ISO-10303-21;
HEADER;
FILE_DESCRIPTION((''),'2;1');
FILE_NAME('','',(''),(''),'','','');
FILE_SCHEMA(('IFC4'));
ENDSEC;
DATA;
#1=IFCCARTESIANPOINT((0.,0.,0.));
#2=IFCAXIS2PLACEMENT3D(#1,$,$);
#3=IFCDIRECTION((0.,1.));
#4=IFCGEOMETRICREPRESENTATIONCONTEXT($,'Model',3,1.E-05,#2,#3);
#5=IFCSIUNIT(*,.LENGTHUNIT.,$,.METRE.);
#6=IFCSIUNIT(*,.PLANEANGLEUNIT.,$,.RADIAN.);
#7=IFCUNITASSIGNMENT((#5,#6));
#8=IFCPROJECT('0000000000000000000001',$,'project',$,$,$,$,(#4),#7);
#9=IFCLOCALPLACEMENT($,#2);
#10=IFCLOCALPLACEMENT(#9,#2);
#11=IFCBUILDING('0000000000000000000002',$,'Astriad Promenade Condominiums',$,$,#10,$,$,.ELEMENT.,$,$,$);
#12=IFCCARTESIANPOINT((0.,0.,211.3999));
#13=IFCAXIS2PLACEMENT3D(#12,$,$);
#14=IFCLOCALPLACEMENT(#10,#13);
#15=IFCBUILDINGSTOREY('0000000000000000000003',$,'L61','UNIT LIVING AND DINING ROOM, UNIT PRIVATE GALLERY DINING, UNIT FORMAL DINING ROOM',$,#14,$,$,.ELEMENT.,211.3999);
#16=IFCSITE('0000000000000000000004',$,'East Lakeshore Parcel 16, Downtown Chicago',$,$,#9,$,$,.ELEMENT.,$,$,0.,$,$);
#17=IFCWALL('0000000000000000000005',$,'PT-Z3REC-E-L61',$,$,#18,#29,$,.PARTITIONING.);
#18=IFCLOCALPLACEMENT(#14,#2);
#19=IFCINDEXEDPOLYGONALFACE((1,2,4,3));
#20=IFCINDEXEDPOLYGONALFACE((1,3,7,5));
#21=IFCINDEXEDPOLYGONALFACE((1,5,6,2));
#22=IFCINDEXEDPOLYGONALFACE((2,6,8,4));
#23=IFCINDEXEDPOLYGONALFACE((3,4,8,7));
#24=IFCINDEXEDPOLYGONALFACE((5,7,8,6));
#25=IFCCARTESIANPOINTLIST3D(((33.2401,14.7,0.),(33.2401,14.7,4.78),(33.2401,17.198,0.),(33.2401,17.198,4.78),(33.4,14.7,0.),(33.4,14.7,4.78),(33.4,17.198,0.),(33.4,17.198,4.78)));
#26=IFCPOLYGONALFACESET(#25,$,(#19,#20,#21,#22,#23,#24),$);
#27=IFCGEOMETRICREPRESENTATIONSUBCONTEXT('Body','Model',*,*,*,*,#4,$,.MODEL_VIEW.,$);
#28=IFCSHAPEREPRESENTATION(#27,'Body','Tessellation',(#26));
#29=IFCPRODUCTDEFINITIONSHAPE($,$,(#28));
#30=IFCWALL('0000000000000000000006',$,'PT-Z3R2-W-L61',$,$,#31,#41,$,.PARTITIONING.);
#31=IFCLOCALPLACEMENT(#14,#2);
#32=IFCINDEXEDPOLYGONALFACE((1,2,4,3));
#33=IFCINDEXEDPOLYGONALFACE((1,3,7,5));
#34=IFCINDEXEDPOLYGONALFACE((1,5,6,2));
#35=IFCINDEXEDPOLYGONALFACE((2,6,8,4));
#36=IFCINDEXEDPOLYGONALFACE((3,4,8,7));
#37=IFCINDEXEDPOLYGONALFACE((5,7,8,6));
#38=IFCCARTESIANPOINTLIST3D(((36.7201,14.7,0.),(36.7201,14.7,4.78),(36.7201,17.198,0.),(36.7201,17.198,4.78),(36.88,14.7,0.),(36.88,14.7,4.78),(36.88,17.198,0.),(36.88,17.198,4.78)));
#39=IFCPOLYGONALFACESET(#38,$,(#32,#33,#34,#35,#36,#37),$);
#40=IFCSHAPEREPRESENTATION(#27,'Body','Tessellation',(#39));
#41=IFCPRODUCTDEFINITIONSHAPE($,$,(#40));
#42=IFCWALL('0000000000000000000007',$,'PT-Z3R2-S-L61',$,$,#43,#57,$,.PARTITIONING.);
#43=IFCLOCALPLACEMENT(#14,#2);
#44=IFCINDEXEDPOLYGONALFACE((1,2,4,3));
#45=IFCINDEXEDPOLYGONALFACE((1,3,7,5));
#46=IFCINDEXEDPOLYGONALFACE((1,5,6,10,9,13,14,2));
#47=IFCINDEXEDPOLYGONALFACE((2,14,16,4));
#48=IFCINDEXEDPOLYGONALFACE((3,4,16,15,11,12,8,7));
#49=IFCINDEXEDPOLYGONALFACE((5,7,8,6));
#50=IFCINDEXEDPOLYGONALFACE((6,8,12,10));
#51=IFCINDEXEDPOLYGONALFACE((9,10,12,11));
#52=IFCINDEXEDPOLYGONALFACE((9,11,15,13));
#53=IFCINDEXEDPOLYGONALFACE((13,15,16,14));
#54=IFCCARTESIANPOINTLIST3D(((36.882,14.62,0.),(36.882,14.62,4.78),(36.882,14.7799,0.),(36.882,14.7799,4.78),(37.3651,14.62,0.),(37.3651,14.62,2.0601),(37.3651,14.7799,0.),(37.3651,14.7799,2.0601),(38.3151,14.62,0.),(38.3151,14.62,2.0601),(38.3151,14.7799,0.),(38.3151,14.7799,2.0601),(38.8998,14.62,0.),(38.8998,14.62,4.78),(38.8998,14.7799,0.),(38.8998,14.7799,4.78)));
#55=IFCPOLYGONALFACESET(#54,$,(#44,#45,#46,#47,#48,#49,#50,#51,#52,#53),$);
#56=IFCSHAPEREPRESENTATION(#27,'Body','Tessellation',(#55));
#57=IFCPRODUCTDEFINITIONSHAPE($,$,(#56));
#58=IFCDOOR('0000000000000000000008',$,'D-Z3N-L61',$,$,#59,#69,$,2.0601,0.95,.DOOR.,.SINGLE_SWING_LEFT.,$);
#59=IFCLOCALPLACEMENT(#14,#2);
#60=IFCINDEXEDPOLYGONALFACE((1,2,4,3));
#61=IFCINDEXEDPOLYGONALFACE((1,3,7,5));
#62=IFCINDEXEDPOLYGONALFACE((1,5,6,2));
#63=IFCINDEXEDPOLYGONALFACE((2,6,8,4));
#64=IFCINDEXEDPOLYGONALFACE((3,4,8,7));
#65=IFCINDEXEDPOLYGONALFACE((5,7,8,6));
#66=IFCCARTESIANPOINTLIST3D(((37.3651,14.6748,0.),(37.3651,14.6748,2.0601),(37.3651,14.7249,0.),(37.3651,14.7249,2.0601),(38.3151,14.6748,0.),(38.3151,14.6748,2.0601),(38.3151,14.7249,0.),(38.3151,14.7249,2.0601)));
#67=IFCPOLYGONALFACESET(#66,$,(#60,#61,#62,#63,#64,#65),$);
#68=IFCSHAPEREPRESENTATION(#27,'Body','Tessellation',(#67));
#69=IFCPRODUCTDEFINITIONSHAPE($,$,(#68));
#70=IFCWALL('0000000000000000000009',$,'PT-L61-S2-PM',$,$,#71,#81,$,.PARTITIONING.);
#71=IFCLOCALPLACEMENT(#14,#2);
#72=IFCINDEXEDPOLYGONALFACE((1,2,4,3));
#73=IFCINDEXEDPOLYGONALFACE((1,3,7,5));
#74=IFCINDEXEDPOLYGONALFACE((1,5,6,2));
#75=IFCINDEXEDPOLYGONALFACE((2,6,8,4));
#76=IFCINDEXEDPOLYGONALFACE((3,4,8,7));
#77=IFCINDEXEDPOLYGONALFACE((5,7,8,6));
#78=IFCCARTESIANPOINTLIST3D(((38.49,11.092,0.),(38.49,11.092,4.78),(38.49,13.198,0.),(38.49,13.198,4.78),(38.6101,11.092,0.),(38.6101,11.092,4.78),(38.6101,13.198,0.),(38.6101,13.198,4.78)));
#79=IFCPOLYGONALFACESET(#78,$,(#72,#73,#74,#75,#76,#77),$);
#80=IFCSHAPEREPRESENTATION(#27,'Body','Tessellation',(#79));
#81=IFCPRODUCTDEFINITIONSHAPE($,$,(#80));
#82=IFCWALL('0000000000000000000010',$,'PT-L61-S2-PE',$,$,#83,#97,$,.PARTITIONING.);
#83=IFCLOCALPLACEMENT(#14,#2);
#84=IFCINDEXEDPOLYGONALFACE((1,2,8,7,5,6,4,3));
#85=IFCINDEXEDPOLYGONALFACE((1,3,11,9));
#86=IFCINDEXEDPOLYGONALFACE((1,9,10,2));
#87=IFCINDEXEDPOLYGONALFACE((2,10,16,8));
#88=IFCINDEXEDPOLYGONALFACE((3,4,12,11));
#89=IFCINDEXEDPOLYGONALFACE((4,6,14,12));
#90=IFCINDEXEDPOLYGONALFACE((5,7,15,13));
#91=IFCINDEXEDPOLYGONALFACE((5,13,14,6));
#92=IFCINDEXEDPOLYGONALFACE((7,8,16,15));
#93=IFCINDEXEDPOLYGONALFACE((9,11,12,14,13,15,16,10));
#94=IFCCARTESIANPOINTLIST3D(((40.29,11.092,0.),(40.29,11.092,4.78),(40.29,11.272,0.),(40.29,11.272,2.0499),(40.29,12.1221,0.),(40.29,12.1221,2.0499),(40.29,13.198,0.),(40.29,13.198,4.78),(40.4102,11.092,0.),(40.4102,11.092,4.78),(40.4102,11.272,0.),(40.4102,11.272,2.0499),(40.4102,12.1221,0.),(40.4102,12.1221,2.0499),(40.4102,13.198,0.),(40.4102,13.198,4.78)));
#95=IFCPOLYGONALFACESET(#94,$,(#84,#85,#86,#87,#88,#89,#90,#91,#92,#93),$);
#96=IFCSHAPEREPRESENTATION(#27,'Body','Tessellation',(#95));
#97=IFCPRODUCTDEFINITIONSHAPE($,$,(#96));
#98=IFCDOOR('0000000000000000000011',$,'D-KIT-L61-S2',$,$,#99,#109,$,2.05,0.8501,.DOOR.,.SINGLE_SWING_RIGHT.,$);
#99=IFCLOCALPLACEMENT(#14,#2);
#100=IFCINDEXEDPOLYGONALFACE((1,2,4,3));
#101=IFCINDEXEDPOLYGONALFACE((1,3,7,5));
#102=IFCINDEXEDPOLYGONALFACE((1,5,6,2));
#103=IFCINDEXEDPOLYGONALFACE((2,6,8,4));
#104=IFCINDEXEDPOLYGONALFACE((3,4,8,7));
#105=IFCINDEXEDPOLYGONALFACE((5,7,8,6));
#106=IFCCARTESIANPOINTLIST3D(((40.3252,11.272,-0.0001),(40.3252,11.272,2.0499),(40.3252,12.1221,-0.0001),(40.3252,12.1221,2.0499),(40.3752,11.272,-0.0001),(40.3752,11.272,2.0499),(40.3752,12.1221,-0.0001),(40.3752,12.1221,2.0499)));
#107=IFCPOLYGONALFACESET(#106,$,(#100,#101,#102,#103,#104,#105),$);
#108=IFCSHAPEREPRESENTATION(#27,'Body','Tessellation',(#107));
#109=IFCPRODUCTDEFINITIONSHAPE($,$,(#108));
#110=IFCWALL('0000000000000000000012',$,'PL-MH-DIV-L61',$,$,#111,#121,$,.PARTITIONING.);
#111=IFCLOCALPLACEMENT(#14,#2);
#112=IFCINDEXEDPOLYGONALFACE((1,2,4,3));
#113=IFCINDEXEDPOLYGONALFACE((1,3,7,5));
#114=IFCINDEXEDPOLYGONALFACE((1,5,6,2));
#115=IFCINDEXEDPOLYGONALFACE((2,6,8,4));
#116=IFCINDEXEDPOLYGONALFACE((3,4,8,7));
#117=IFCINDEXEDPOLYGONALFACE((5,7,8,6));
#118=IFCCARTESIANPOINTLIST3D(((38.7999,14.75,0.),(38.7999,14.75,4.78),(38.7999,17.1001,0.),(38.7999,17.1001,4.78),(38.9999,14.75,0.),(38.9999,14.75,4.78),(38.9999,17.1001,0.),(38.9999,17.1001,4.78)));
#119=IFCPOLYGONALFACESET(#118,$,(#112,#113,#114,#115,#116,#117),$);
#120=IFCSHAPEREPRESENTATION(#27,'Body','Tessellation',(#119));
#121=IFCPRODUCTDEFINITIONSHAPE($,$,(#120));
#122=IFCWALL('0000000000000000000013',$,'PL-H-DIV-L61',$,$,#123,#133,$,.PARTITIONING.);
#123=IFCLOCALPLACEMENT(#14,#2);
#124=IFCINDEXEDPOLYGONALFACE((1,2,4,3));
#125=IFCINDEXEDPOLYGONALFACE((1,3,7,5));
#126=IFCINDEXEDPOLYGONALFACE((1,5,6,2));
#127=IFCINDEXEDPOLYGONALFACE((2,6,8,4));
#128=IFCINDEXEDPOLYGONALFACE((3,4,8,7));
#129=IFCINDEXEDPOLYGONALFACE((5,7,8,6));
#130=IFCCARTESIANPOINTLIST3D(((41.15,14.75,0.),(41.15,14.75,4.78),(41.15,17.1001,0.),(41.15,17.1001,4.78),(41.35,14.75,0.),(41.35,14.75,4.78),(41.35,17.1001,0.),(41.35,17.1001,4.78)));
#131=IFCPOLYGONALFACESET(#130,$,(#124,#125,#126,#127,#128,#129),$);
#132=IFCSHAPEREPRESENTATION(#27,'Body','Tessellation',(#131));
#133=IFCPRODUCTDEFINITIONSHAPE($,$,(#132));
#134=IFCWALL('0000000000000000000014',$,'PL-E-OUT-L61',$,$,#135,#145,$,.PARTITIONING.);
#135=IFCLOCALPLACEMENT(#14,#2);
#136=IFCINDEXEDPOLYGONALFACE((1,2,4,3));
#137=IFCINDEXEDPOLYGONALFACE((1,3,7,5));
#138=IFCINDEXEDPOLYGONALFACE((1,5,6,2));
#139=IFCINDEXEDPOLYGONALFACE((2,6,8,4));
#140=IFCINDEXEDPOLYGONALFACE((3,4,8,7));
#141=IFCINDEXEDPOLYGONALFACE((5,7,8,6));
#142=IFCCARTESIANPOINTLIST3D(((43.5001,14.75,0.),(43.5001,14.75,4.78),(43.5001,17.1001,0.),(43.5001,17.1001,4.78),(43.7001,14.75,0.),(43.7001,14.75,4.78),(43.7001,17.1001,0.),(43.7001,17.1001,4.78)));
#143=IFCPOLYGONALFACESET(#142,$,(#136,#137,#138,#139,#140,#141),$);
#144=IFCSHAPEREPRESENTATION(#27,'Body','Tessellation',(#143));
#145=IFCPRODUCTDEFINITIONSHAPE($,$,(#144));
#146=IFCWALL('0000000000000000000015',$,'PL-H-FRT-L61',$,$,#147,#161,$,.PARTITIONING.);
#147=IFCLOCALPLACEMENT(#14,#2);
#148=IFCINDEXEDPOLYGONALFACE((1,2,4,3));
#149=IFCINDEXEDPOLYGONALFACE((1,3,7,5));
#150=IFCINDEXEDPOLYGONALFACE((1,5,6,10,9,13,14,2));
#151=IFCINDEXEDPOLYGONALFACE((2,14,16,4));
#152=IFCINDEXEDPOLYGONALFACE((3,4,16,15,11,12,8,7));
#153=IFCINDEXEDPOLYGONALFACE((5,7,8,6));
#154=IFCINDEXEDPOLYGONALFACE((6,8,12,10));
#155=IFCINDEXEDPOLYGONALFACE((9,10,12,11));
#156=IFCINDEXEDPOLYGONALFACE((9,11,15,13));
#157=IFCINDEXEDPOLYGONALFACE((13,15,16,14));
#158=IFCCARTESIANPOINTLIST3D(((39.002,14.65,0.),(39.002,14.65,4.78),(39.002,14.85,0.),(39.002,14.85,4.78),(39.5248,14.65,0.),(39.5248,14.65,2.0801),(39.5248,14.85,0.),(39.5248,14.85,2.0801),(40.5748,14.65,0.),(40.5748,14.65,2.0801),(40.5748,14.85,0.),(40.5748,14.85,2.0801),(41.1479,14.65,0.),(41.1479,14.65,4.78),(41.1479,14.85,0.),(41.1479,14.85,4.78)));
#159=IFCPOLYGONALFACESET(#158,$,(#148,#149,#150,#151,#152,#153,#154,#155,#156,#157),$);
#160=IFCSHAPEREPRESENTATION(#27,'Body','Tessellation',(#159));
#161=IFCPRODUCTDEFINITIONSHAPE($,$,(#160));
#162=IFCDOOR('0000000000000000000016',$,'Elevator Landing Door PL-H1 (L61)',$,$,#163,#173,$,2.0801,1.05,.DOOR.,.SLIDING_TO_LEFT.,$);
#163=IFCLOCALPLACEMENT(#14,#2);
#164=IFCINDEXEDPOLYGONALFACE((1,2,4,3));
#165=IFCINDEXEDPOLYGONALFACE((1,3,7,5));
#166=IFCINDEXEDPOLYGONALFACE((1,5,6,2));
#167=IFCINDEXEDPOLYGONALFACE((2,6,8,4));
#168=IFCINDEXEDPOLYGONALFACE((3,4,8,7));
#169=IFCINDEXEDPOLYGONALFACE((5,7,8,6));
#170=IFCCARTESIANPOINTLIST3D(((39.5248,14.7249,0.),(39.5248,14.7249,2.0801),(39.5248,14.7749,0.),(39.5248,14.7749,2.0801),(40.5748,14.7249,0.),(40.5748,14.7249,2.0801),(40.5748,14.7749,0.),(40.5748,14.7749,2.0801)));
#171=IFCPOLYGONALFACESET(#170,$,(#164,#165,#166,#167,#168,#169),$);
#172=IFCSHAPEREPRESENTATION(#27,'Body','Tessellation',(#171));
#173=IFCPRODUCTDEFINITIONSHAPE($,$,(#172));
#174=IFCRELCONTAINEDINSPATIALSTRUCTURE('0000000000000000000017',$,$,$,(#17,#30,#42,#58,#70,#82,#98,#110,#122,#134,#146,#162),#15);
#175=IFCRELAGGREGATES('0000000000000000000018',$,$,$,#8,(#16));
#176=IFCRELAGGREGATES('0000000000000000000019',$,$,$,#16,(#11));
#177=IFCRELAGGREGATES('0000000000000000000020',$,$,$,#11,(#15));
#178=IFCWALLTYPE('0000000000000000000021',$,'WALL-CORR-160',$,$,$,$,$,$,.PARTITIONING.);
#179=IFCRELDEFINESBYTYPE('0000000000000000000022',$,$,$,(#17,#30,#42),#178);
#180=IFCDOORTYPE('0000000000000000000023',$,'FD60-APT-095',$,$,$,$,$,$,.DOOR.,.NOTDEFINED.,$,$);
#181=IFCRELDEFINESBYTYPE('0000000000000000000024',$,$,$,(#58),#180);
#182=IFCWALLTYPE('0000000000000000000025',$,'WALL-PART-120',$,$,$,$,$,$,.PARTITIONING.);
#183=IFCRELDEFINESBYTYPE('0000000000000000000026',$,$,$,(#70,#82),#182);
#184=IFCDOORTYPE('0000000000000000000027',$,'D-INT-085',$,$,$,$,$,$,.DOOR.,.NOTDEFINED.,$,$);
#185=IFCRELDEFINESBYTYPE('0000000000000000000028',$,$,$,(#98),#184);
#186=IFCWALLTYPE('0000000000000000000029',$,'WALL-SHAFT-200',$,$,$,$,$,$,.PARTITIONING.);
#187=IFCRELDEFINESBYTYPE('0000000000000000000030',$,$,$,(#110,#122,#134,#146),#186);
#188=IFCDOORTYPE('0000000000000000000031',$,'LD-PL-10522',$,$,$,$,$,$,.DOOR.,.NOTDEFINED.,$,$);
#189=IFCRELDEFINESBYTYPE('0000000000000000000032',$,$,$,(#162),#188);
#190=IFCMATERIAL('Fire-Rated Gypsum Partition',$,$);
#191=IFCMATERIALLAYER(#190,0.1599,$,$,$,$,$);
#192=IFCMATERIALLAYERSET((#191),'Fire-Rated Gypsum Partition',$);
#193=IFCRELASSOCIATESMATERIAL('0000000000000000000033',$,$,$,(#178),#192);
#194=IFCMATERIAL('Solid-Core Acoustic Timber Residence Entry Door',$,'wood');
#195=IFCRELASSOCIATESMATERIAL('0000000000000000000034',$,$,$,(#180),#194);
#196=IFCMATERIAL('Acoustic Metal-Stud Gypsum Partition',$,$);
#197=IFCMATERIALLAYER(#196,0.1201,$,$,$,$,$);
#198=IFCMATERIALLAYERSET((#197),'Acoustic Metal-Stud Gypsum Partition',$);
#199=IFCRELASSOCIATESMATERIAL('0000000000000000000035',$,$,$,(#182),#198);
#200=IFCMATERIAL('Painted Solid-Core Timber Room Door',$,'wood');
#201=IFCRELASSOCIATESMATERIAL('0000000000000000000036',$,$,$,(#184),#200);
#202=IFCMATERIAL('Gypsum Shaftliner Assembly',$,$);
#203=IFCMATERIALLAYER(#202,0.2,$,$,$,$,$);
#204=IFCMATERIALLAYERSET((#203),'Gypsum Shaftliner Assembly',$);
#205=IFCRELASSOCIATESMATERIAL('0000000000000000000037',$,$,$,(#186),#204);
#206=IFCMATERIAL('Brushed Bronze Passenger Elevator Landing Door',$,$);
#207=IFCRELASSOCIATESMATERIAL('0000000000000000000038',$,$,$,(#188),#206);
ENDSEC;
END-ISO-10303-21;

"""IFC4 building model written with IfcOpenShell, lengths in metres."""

from ifc_helpers import new_model, si_unit, direction, frame, frame_2d, origin, place, context, subcontext, project, spatial, rectangle, extrude, source, transform, mapped, material, layer, layer_set, type_object, type_shapes, element, fill, save


model = new_model("IFC4")

# Units and contexts
model_context = context("Model", 3, precision=1e-05, world=origin(), true_north=direction((0.0, 1.0)))
body_context = subcontext(model_context, "Body", "Model", "MODEL_VIEW")
ifc_project = project(units=[si_unit("LENGTHUNIT", "METRE"), si_unit("PLANEANGLEUNIT", "RADIAN")], contexts=[model_context])

# Site, building, storey
site_placement = place(None, origin())
site = spatial("IfcSite", under=ifc_project, at=site_placement, Name="East Lakeshore Parcel 16, Downtown Chicago", CompositionType="ELEMENT", RefElevation=0.0)
building_placement = place(site_placement, origin())
building = spatial("IfcBuilding", under=site, at=building_placement, Name="Astriad Promenade Condominiums", CompositionType="ELEMENT")
storey_placement = place(building_placement, frame((0.0, 0.0, 211.3999)))
storey = spatial("IfcBuildingStorey", under=building, at=storey_placement, Name="L61", Description="UNIT LIVING AND DINING ROOM, UNIT PRIVATE GALLERY DINING, UNIT FORMAL DINING ROOM", CompositionType="ELEMENT", Elevation=211.3999)

# Walls
ifc_material_1 = material(Name="Fire-Rated Gypsum Partition")
ifc_layer_1 = layer(ifc_material_1, 0.1599)
ifc_layer_set_1 = layer_set([ifc_layer_1], Name="Fire-Rated Gypsum Partition")
wall_type_1 = type_object("IfcWallType", Name="WALL-CORR-160", PredefinedType="PARTITIONING", material=ifc_layer_set_1)
for number, where, z_axis, x_axis, name in (
    (1, (33.3201, 14.7, 0.0), (0.0, 0.0, 1.0), (0.0, 1.0, 0.0), "PT-Z3REC-E-L61"),
    (2, (36.8, 14.7, 0.0), (0.0, 0.0, 1.0), (0.0, 1.0, 0.0), "PT-Z3R2-W-L61"),
):
    element("IfcWall", number, at=place(storey_placement, frame(where, z_axis=z_axis, x_axis=x_axis)), inside=storey, type_object=wall_type_1, Name=name, PredefinedType="PARTITIONING", context=body_context, shape_type="SweptSolid", body=[
        extrude(rectangle(XDim=2.498, YDim=0.1599, at=frame_2d((1.249, 0.0))), origin(), (0.0, 0.0, 1.0), 4.78),
    ])

# Wall, opening, door
wall_1_placement = place(storey_placement, frame((36.8821, 14.7, 0.0), z_axis=(0.0, 0.0, 1.0), x_axis=(1.0, 0.0, 0.0)))
wall_1 = element("IfcWall", 3, at=wall_1_placement, inside=storey, type_object=wall_type_1, Name="PT-Z3R2-S-L61", PredefinedType="PARTITIONING", context=body_context, shape_type="SweptSolid", body=[
    extrude(rectangle(XDim=2.0178, YDim=0.1599, at=frame_2d((1.0088, 0.0))), origin(), (0.0, 0.0, 1.0), 4.78),
])
opening_1_placement = place(wall_1_placement, frame((0.4829, 0.0, 0.0)))
opening_1 = element("IfcOpeningElement", 4, at=opening_1_placement, cuts=wall_1, PredefinedType="OPENING", context=body_context, shape_type="SweptSolid", body=[
    extrude(rectangle(XDim=0.95, YDim=2.0601, at=frame_2d((0.4751, 1.03))), frame((0.0, 0.0898, 0.0), z_axis=(0.0, -1.0, 0.0), x_axis=(1.0, 0.0, 0.0)), (0.0, 0.0, 1.0), 0.1799),
])
ifc_material_2 = material(Name="Solid-Core Acoustic Timber Residence Entry Door", Category="wood")
door_type_1 = type_object("IfcDoorType", Name="FD60-APT-095", OperationType="NOTDEFINED", PredefinedType="DOOR", material=ifc_material_2)
shared_shape_1 = source(origin(), body_context, "Body", "SweptSolid", [
    extrude(rectangle(XDim=0.95, YDim=2.0601, at=frame_2d((0.4751, 1.03))), frame((0.0, 0.0249, 0.0), z_axis=(0.0, -1.0, 0.0), x_axis=(1.0, 0.0, 0.0)), (0.0, 0.0, 1.0), 0.05),
])
type_shapes(door_type_1, [shared_shape_1])
door_1_placement = place(opening_1_placement, origin())
door_1 = element("IfcDoor", 5, at=door_1_placement, inside=storey, type_object=door_type_1, Name="D-Z3N-L61", OperationType="SINGLE_SWING_LEFT", OverallHeight=2.0601, OverallWidth=0.95, PredefinedType="DOOR", context=body_context, shape_type="MappedRepresentation", body=[
    mapped(shared_shape_1, transform((0.0, 0.0, 0.0), scale=1.0)),
])
fill(opening_1, door_1)

# Wall
ifc_material_3 = material(Name="Acoustic Metal-Stud Gypsum Partition")
ifc_layer_2 = layer(ifc_material_3, 0.1201)
ifc_layer_set_2 = layer_set([ifc_layer_2], Name="Acoustic Metal-Stud Gypsum Partition")
wall_type_2 = type_object("IfcWallType", Name="WALL-PART-120", PredefinedType="PARTITIONING", material=ifc_layer_set_2)
wall_2_placement = place(storey_placement, frame((38.55, 11.092, 0.0), z_axis=(0.0, 0.0, 1.0), x_axis=(0.0, 1.0, 0.0)))
element("IfcWall", 6, at=wall_2_placement, inside=storey, type_object=wall_type_2, Name="PT-L61-S2-PM", PredefinedType="PARTITIONING", context=body_context, shape_type="SweptSolid", body=[
    extrude(rectangle(XDim=2.106, YDim=0.1201, at=frame_2d((1.053, 0.0))), origin(), (0.0, 0.0, 1.0), 4.78),
])

# Wall, opening, door
wall_3_placement = place(storey_placement, frame((40.3501, 11.092, 0.0), z_axis=(0.0, 0.0, 1.0), x_axis=(0.0, 1.0, 0.0)))
wall_3 = element("IfcWall", 7, at=wall_3_placement, inside=storey, type_object=wall_type_2, Name="PT-L61-S2-PE", PredefinedType="PARTITIONING", context=body_context, shape_type="SweptSolid", body=[
    extrude(rectangle(XDim=2.106, YDim=0.1201, at=frame_2d((1.053, 0.0))), origin(), (0.0, 0.0, 1.0), 4.78),
])
opening_2_placement = place(wall_3_placement, frame((0.1799, 0.0, 0.0)))
opening_2 = element("IfcOpeningElement", 8, at=opening_2_placement, cuts=wall_3, PredefinedType="OPENING", context=body_context, shape_type="SweptSolid", body=[
    extrude(rectangle(XDim=0.8501, YDim=2.05, at=frame_2d((0.425, 1.0249))), frame((0.0, 0.0701, 0.0), z_axis=(0.0, -1.0, 0.0), x_axis=(1.0, 0.0, 0.0)), (0.0, 0.0, 1.0), 0.1401),
])
ifc_material_4 = material(Name="Painted Solid-Core Timber Room Door", Category="wood")
door_type_2 = type_object("IfcDoorType", Name="D-INT-085", OperationType="NOTDEFINED", PredefinedType="DOOR", material=ifc_material_4)
shared_shape_2 = source(origin(), body_context, "Body", "SweptSolid", [
    extrude(rectangle(XDim=0.8501, YDim=2.05, at=frame_2d((0.425, 1.0249))), frame((0.0, 0.0249, 0.0), z_axis=(0.0, -1.0, 0.0), x_axis=(1.0, 0.0, 0.0)), (0.0, 0.0, 1.0), 0.05),
])
type_shapes(door_type_2, [shared_shape_2])
door_2_placement = place(opening_2_placement, origin())
door_2 = element("IfcDoor", 9, at=door_2_placement, inside=storey, type_object=door_type_2, Name="D-KIT-L61-S2", OperationType="SINGLE_SWING_RIGHT", OverallHeight=2.05, OverallWidth=0.8501, PredefinedType="DOOR", context=body_context, shape_type="MappedRepresentation", body=[
    mapped(shared_shape_2, transform((0.0, 0.0, 0.0), scale=1.0)),
])
fill(opening_2, door_2)

# Walls
ifc_material_5 = material(Name="Gypsum Shaftliner Assembly")
ifc_layer_3 = layer(ifc_material_5, 0.2)
ifc_layer_set_3 = layer_set([ifc_layer_3], Name="Gypsum Shaftliner Assembly")
wall_type_3 = type_object("IfcWallType", Name="WALL-SHAFT-200", PredefinedType="PARTITIONING", material=ifc_layer_set_3)
for number, where, z_axis, x_axis, name in (
    (10, (38.8999, 14.75, 0.0), (0.0, 0.0, 1.0), (0.0, 1.0, 0.0), "PL-MH-DIV-L61"),
    (11, (41.25, 14.75, 0.0), (0.0, 0.0, 1.0), (0.0, 1.0, 0.0), "PL-H-DIV-L61"),
    (12, (43.6001, 14.75, 0.0), (0.0, 0.0, 1.0), (0.0, 1.0, 0.0), "PL-E-OUT-L61"),
):
    element("IfcWall", number, at=place(storey_placement, frame(where, z_axis=z_axis, x_axis=x_axis)), inside=storey, type_object=wall_type_3, Name=name, PredefinedType="PARTITIONING", context=body_context, shape_type="SweptSolid", body=[
        extrude(rectangle(XDim=2.3501, YDim=0.2, at=frame_2d((1.175, 0.0))), origin(), (0.0, 0.0, 1.0), 4.78),
    ])

# Wall, opening, door
wall_4_placement = place(storey_placement, frame((39.002, 14.75, 0.0), z_axis=(0.0, 0.0, 1.0), x_axis=(1.0, 0.0, 0.0)))
wall_4 = element("IfcWall", 13, at=wall_4_placement, inside=storey, type_object=wall_type_3, Name="PL-H-FRT-L61", PredefinedType="PARTITIONING", context=body_context, shape_type="SweptSolid", body=[
    extrude(rectangle(XDim=2.146, YDim=0.2, at=frame_2d((1.073, 0.0))), origin(), (0.0, 0.0, 1.0), 4.78),
])
opening_3_placement = place(wall_4_placement, frame((0.5229, 0.0, 0.0)))
opening_3 = element("IfcOpeningElement", 14, at=opening_3_placement, cuts=wall_4, PredefinedType="OPENING", context=body_context, shape_type="SweptSolid", body=[
    extrude(rectangle(XDim=1.05, YDim=2.0801, at=frame_2d((0.5249, 1.04))), frame((0.0, 0.1099, 0.0), z_axis=(0.0, -1.0, 0.0), x_axis=(1.0, 0.0, 0.0)), (0.0, 0.0, 1.0), 0.22),
])
ifc_material_6 = material(Name="Brushed Bronze Passenger Elevator Landing Door")
door_type_3 = type_object("IfcDoorType", Name="LD-PL-10522", OperationType="NOTDEFINED", PredefinedType="DOOR", material=ifc_material_6)
shared_shape_3 = source(origin(), body_context, "Body", "SweptSolid", [
    extrude(rectangle(XDim=1.05, YDim=2.0801, at=frame_2d((0.5249, 1.04))), frame((0.0, 0.0249, 0.0), z_axis=(0.0, -1.0, 0.0), x_axis=(1.0, 0.0, 0.0)), (0.0, 0.0, 1.0), 0.05),
])
type_shapes(door_type_3, [shared_shape_3])
door_3_placement = place(opening_3_placement, origin())
door_3 = element("IfcDoor", 15, at=door_3_placement, inside=storey, type_object=door_type_3, Name="Elevator Landing Door PL-H1 (L61)", OperationType="SLIDING_TO_LEFT", OverallHeight=2.0801, OverallWidth=1.05, PredefinedType="DOOR", context=body_context, shape_type="MappedRepresentation", body=[
    mapped(shared_shape_3, transform((0.0, 0.0, 0.0), scale=1.0)),
])
fill(opening_3, door_3)

save(model, "model.ifc")
